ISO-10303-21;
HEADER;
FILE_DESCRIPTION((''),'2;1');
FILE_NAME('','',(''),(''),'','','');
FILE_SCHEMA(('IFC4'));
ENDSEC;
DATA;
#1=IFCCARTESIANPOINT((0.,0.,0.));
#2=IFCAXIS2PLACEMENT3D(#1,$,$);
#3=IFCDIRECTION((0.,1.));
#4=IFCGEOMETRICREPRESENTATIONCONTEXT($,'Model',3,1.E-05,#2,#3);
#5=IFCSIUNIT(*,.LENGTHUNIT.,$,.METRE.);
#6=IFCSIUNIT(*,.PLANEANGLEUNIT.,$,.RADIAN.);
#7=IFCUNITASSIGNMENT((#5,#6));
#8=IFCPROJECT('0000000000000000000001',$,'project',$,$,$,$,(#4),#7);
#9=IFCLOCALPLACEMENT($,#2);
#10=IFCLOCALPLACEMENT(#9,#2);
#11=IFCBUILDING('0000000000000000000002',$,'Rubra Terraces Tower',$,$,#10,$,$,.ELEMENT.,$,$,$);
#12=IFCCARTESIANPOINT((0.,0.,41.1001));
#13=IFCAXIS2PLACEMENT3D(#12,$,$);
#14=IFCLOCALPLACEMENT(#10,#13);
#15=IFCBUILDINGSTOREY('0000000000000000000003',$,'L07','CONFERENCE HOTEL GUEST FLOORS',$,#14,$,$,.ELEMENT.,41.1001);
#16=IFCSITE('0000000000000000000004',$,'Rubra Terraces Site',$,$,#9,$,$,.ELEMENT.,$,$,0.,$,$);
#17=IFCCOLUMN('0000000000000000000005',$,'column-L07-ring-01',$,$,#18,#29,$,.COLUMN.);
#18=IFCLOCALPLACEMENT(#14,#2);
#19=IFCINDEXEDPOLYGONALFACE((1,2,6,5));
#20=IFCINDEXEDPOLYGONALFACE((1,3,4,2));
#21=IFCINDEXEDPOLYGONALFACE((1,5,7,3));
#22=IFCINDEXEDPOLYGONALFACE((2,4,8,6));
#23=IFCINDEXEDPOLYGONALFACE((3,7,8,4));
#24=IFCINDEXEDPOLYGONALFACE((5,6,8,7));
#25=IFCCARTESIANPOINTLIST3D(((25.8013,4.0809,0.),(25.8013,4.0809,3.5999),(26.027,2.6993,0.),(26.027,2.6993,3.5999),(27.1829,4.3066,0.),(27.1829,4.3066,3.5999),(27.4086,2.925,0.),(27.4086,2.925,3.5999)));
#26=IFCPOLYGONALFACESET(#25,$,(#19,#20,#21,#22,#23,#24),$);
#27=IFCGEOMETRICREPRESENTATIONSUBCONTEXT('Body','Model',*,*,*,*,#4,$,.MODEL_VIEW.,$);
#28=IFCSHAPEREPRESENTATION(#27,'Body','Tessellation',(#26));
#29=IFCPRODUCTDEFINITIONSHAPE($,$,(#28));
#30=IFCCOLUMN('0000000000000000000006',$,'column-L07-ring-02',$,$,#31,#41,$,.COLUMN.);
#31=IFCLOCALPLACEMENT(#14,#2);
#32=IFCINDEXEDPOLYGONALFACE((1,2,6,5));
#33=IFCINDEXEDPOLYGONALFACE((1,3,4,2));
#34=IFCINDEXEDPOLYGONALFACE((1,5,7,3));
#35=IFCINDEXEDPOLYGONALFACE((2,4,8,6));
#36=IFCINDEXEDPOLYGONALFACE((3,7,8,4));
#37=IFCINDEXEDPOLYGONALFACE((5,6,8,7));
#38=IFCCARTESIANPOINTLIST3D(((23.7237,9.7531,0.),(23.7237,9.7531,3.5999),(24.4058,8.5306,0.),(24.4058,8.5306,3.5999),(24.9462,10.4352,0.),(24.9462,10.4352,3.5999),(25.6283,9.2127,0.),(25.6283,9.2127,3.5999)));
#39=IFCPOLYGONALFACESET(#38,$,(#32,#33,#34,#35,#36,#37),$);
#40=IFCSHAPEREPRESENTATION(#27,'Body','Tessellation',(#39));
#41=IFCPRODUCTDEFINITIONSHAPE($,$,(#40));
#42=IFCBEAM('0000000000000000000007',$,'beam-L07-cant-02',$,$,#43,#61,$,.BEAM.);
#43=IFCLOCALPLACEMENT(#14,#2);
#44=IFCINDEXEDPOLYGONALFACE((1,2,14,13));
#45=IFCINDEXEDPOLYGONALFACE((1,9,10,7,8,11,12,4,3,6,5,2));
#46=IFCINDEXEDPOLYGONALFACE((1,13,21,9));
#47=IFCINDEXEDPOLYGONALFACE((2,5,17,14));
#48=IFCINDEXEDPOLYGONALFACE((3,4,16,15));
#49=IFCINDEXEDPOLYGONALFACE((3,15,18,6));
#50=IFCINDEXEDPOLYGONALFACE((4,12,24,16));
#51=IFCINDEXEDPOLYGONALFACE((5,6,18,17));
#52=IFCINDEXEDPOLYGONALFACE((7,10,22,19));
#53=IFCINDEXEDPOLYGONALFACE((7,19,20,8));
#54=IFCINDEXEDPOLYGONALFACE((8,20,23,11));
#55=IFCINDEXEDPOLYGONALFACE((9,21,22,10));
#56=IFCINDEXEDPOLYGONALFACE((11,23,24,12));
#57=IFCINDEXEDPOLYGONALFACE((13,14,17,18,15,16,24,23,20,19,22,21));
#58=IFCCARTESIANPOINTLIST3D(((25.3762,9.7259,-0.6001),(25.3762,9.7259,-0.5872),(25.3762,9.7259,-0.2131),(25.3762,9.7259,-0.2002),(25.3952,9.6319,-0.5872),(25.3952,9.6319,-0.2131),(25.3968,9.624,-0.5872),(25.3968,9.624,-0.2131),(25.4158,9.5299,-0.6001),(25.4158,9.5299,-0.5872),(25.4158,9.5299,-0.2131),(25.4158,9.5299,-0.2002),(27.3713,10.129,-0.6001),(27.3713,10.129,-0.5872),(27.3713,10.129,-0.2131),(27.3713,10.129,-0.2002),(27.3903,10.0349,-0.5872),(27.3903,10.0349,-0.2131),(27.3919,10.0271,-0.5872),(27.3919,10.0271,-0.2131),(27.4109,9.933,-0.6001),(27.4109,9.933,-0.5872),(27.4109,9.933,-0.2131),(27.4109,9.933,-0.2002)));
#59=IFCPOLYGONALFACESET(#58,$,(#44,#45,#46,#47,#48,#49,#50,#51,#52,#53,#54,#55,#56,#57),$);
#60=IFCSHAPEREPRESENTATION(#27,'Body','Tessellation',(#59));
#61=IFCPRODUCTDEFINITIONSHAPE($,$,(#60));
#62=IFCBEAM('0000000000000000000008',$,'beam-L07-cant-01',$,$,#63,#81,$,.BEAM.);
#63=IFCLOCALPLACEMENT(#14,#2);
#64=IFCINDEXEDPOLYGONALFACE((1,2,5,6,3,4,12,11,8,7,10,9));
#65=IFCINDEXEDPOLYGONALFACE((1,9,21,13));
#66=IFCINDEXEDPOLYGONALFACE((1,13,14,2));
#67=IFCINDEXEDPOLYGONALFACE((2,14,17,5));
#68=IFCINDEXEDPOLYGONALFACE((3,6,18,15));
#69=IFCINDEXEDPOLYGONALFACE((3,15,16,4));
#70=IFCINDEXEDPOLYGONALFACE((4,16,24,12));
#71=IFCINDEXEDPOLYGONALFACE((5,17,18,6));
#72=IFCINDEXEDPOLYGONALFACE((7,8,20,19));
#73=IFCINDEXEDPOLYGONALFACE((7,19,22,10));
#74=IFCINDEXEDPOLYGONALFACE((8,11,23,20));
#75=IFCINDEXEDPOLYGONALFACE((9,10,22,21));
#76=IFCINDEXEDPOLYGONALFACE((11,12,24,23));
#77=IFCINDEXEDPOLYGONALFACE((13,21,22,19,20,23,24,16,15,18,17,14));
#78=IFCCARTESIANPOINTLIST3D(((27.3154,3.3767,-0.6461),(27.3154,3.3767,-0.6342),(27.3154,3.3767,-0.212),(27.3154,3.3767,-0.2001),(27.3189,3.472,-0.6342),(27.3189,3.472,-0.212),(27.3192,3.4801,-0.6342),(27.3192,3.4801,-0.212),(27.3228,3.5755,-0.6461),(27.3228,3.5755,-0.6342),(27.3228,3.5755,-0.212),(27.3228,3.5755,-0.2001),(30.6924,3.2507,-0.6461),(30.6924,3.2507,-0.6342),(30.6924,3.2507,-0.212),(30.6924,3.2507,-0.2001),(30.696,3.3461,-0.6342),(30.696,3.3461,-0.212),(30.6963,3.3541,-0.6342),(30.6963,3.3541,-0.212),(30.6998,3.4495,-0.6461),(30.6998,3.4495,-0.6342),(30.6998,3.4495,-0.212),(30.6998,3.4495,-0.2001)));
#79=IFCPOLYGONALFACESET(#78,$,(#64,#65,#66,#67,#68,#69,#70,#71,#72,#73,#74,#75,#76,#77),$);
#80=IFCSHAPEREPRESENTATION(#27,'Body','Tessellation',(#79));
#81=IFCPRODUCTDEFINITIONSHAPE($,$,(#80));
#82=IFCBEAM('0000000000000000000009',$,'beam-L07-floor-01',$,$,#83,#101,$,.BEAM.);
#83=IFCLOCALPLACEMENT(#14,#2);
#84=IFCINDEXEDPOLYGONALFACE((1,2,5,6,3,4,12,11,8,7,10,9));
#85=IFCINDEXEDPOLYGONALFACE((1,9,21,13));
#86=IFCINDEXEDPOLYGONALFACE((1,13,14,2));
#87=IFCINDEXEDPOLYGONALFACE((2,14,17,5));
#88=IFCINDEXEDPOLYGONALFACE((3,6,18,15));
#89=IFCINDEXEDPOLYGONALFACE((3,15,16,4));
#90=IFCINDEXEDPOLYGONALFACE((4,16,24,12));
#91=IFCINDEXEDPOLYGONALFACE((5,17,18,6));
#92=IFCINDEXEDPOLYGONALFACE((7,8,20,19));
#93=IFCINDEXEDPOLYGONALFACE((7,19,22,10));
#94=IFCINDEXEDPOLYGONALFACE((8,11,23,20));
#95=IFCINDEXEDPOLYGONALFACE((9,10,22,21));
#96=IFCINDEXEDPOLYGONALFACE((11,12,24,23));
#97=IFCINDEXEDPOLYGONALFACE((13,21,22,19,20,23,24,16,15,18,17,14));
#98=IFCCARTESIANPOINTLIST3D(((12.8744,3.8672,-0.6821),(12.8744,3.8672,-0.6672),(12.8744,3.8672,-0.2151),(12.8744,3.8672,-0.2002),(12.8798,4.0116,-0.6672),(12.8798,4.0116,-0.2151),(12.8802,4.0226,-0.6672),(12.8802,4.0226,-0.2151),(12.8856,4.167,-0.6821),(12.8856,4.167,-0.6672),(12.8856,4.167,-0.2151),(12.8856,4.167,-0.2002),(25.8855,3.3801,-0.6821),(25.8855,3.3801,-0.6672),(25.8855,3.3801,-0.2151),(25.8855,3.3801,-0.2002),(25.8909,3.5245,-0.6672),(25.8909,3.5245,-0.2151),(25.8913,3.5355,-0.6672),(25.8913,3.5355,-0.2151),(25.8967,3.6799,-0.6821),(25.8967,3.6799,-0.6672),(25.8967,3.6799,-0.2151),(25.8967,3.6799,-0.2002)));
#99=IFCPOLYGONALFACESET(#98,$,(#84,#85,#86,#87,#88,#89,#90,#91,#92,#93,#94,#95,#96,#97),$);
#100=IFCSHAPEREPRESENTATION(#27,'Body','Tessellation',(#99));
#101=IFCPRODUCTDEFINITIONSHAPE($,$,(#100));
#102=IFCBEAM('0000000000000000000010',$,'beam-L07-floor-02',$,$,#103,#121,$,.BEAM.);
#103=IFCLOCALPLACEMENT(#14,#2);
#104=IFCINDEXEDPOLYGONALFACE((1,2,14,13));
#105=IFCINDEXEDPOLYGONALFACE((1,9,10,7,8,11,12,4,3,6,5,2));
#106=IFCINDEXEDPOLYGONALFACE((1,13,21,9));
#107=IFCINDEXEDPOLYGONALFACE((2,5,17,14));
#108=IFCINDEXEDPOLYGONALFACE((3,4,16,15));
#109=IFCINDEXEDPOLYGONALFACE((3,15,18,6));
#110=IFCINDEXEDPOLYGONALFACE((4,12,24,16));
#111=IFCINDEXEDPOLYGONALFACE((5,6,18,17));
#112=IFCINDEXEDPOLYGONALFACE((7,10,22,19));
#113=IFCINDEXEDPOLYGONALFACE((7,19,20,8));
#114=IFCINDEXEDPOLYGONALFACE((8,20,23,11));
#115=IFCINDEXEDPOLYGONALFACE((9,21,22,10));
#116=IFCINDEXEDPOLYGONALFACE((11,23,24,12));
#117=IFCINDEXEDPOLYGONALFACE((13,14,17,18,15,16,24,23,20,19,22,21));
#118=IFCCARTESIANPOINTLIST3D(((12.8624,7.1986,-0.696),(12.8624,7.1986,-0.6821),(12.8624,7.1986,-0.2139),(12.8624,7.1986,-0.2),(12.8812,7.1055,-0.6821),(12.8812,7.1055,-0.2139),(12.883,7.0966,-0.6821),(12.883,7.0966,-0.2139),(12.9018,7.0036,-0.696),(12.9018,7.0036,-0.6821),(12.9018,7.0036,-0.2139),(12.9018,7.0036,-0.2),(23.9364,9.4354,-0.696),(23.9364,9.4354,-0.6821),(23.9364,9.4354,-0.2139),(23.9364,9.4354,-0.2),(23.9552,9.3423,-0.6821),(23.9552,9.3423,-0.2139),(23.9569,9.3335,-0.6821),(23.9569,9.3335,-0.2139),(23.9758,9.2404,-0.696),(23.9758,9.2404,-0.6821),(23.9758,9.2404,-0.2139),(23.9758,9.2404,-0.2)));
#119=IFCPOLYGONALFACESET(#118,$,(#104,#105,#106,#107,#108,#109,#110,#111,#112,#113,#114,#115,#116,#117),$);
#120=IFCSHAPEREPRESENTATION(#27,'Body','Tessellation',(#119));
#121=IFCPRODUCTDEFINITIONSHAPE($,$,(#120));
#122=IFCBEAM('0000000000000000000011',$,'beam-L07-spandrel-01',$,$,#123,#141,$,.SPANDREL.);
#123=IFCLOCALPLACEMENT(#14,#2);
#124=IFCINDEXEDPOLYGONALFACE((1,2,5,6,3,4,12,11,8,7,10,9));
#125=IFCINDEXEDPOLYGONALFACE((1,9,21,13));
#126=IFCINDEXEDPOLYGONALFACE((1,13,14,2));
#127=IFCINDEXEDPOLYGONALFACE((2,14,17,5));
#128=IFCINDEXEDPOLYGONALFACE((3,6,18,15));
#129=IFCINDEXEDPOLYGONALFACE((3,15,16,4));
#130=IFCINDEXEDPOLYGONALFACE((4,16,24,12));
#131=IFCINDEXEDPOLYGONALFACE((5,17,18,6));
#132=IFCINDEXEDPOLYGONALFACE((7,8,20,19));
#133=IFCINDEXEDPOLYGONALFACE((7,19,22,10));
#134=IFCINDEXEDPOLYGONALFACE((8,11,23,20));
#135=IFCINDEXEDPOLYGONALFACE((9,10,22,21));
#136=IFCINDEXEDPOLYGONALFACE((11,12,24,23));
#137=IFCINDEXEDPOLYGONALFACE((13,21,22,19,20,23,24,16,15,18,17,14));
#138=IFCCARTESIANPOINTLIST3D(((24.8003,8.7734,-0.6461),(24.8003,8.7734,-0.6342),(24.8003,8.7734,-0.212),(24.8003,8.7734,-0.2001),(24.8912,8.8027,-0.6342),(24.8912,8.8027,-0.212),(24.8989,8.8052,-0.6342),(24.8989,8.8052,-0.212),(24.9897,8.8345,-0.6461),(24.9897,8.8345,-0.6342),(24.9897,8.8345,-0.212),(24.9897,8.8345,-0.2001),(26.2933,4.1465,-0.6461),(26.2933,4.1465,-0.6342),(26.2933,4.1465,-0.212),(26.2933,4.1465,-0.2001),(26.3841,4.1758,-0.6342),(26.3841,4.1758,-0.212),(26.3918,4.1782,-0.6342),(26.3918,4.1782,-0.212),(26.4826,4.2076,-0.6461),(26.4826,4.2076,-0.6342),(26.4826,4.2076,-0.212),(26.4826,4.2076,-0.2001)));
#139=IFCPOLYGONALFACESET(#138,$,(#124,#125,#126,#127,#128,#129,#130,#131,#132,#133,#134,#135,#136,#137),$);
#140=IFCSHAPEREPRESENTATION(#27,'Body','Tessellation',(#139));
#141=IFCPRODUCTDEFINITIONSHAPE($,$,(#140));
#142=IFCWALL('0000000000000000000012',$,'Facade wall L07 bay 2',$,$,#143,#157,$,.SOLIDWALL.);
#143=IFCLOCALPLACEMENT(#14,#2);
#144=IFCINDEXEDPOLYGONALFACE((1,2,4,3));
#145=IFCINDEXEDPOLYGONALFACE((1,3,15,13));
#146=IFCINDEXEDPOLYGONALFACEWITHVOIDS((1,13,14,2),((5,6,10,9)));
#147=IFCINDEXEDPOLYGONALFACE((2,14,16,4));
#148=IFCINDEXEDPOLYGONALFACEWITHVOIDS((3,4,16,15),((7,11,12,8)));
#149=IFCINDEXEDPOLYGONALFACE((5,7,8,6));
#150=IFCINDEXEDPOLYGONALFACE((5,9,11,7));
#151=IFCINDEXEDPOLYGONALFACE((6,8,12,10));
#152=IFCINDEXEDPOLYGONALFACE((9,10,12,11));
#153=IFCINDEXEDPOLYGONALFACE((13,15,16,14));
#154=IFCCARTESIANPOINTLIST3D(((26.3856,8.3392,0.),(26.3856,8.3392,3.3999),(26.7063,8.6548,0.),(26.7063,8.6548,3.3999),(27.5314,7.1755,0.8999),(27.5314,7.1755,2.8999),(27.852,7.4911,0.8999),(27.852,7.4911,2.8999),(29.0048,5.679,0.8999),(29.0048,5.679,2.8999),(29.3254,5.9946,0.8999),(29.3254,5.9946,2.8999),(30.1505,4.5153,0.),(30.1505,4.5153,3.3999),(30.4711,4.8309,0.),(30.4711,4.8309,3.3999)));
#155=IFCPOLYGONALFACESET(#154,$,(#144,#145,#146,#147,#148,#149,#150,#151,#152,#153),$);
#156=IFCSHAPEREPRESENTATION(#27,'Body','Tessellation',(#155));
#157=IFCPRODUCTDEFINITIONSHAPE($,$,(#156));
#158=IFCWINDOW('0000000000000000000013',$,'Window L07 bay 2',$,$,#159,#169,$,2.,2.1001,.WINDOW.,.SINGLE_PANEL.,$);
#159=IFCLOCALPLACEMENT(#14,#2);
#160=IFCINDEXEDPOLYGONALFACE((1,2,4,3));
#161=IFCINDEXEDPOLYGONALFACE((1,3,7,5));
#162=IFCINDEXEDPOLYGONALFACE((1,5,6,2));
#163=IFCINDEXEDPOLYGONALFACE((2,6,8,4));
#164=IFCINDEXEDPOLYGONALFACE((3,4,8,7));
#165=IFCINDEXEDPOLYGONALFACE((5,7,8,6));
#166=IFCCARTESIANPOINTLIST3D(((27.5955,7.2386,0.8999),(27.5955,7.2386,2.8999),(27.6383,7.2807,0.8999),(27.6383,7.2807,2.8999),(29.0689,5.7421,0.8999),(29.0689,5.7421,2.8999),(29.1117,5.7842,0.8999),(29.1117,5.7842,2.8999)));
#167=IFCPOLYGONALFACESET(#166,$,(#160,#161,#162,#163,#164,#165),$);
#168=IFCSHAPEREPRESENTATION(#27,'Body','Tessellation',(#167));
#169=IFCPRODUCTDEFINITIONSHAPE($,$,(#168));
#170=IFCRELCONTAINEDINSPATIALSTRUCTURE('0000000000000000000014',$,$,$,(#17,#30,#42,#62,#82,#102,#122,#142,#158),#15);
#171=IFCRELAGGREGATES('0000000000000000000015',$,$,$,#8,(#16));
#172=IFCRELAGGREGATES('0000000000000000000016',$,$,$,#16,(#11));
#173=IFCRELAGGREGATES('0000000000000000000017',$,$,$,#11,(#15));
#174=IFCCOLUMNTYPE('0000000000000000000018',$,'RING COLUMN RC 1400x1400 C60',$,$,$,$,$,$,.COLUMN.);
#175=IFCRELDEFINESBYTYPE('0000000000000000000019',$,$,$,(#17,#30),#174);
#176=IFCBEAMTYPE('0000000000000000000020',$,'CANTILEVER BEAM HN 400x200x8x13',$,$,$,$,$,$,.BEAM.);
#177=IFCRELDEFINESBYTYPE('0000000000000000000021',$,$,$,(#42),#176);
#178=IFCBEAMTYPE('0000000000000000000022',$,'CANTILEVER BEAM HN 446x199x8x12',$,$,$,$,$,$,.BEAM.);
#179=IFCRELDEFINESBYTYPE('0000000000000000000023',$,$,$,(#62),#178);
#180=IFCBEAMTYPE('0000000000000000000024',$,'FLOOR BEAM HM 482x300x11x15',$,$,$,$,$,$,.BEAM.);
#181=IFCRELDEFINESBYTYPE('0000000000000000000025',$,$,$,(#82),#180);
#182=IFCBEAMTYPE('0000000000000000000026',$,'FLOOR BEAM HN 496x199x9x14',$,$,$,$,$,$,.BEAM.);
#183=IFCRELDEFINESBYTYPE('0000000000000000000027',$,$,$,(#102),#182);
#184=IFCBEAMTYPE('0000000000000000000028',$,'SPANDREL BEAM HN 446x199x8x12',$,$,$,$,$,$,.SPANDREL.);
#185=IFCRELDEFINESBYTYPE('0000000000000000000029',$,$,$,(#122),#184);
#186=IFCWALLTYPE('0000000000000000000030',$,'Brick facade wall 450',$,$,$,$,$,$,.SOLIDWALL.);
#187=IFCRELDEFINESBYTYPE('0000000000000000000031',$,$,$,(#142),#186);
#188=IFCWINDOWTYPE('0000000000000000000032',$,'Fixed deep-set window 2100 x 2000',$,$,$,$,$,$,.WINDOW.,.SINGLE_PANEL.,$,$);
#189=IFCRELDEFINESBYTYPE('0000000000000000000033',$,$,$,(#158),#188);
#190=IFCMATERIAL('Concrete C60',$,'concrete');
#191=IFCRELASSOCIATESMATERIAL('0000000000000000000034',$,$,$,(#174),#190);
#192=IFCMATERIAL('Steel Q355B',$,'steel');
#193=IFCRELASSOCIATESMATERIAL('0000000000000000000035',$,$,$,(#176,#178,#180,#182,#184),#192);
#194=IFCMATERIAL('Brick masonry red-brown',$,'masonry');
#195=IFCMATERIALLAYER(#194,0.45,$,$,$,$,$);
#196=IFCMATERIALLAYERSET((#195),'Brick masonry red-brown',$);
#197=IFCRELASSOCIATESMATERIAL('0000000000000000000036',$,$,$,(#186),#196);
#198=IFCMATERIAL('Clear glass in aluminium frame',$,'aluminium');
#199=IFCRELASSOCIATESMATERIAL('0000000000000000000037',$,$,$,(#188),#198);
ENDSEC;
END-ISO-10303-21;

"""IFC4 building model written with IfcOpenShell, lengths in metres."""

from ifc_helpers import new_model, si_unit, direction, frame, frame_2d, origin, origin_2d, place, context, subcontext, project, spatial, rectangle, i_section, extrude, material, layer, layer_set, material_profile, profile_set, type_object, element, fill, save


model = new_model("IFC4")

# Units and contexts
model_context = context("Model", 3, precision=1e-05, world=origin(), true_north=direction((0.0, 1.0)))
body_context = subcontext(model_context, "Body", "Model", "MODEL_VIEW")
ifc_project = project(units=[si_unit("LENGTHUNIT", "METRE"), si_unit("PLANEANGLEUNIT", "RADIAN")], contexts=[model_context])

# Site, building, storey
site_placement = place(None, origin())
site = spatial("IfcSite", under=ifc_project, at=site_placement, Name="Rubra Terraces Site", CompositionType="ELEMENT", RefElevation=0.0)
building_placement = place(site_placement, origin())
building = spatial("IfcBuilding", under=site, at=building_placement, Name="Rubra Terraces Tower", CompositionType="ELEMENT")
storey_placement = place(building_placement, frame((0.0, 0.0, 41.1001)))
storey = spatial("IfcBuildingStorey", under=building, at=storey_placement, Name="L07", Description="CONFERENCE HOTEL GUEST FLOORS", CompositionType="ELEMENT", Elevation=41.1001)

# Columns
ifc_material_1 = material(Name="Concrete C60", Category="concrete")
ifc_material_profile_1 = material_profile(ifc_material_1, rectangle(XDim=1.3999, YDim=1.3999, at=origin_2d()), Name="RC 1400x1400")
ifc_profile_set_1 = profile_set([ifc_material_profile_1], Name="Concrete C60")
column_type = type_object("IfcColumnType", Name="RING COLUMN RC 1400x1400 C60", PredefinedType="COLUMN", material=ifc_profile_set_1)
for number, where, z_axis, x_axis, name in (
    (1, (26.605, 3.5029, 0.0), (0.0, 0.0, 1.0), (-0.161234, 0.986916, 0.0), "column-L07-ring-01"),
    (2, (24.676, 9.4829, 0.0), (0.0, 0.0, 1.0), (-0.487227, 0.873276, 0.0), "column-L07-ring-02"),
):
    element("IfcColumn", number, at=place(storey_placement, frame(where, z_axis=z_axis, x_axis=x_axis)), inside=storey, type_object=column_type, Name=name, PredefinedType="COLUMN", context=body_context, shape_type="SweptSolid", body=[
        extrude(rectangle(XDim=1.3999, YDim=1.3999, at=origin_2d()), origin(), (0.0, 0.0, 1.0), 3.5999),
    ])

# Beams
ifc_material_2 = material(Name="Steel Q355B", Category="steel")
ifc_material_profile_2 = material_profile(ifc_material_2, i_section(OverallWidth=0.2, OverallDepth=0.3999, WebThickness=0.0081, FlangeThickness=0.0129, at=origin_2d()), Name="HN 400x200x8x13")
ifc_profile_set_2 = profile_set([ifc_material_profile_2], Name="Steel Q355B")
beam_type_1 = type_object("IfcBeamType", Name="CANTILEVER BEAM HN 400x200x8x13", PredefinedType="BEAM", material=ifc_profile_set_2)
beam_1_placement = place(storey_placement, frame((25.396, 9.6279, -0.4001), z_axis=(0.980196, 0.19803, 0.0), x_axis=(-0.19803, 0.980196, 0.0)))
element("IfcBeam", 3, at=beam_1_placement, inside=storey, type_object=beam_type_1, Name="beam-L07-cant-02", PredefinedType="BEAM", context=body_context, shape_type="SweptSolid", body=[
    extrude(i_section(OverallWidth=0.2, OverallDepth=0.3999, WebThickness=0.0081, FlangeThickness=0.0129, at=origin_2d()), origin(), (0.0, 0.0, 1.0), 2.0354),
])
ifc_material_profile_3 = material_profile(ifc_material_2, i_section(OverallWidth=0.199, OverallDepth=0.446, WebThickness=0.0081, FlangeThickness=0.012, at=origin_2d()), Name="HN 446x199x8x12")
ifc_profile_set_3 = profile_set([ifc_material_profile_3], Name="Steel Q355B")
beam_type_2 = type_object("IfcBeamType", Name="CANTILEVER BEAM HN 446x199x8x12", PredefinedType="BEAM", material=ifc_profile_set_3)
beam_2_placement = place(storey_placement, frame((27.3191, 3.4761, -0.4231), z_axis=(0.999305, -0.037279, 0.0), x_axis=(0.037279, 0.999305, 0.0)))
element("IfcBeam", 4, at=beam_2_placement, inside=storey, type_object=beam_type_2, Name="beam-L07-cant-01", PredefinedType="BEAM", context=body_context, shape_type="SweptSolid", body=[
    extrude(i_section(OverallWidth=0.199, OverallDepth=0.446, WebThickness=0.0081, FlangeThickness=0.012, at=origin_2d()), origin(), (0.0, 0.0, 1.0), 3.3794),
])
ifc_material_profile_4 = material_profile(ifc_material_2, i_section(OverallWidth=0.3, OverallDepth=0.4819, WebThickness=0.011, FlangeThickness=0.0149, at=origin_2d()), Name="HM 482x300x11x15")
ifc_profile_set_4 = profile_set([ifc_material_profile_4], Name="Steel Q355B")
beam_type_3 = type_object("IfcBeamType", Name="FLOOR BEAM HM 482x300x11x15", PredefinedType="BEAM", material=ifc_profile_set_4)
beam_3_placement = place(storey_placement, frame((25.8911, 3.53, -0.4412), z_axis=(-0.9993, 0.037408, 0.0), x_axis=(-0.037408, -0.9993, 0.0)))
element("IfcBeam", 5, at=beam_3_placement, inside=storey, type_object=beam_type_3, Name="beam-L07-floor-01", PredefinedType="BEAM", context=body_context, shape_type="SweptSolid", body=[
    extrude(i_section(OverallWidth=0.3, OverallDepth=0.4819, WebThickness=0.011, FlangeThickness=0.0149, at=origin_2d()), origin(), (0.0, 0.0, 1.0), 13.0203),
])
ifc_material_profile_5 = material_profile(ifc_material_2, i_section(OverallWidth=0.199, OverallDepth=0.4961, WebThickness=0.009, FlangeThickness=0.0139, at=origin_2d()), Name="HN 496x199x9x14")
ifc_profile_set_5 = profile_set([ifc_material_profile_5], Name="Steel Q355B")
beam_type_4 = type_object("IfcBeamType", Name="FLOOR BEAM HN 496x199x9x14", PredefinedType="BEAM", material=ifc_profile_set_5)
beam_4_placement = place(storey_placement, frame((23.9561, 9.3379, -0.448), z_axis=(-0.980204, -0.19799, 0.0), x_axis=(0.19799, -0.980204, 0.0)))
element("IfcBeam", 6, at=beam_4_placement, inside=storey, type_object=beam_type_4, Name="beam-L07-floor-02", PredefinedType="BEAM", context=body_context, shape_type="SweptSolid", body=[
    extrude(i_section(OverallWidth=0.199, OverallDepth=0.4961, WebThickness=0.009, FlangeThickness=0.0139, at=origin_2d()), origin(), (0.0, 0.0, 1.0), 11.2976),
])
ifc_material_profile_6 = material_profile(ifc_material_2, i_section(OverallWidth=0.199, OverallDepth=0.446, WebThickness=0.0081, FlangeThickness=0.012, at=origin_2d()), Name="HN 446x199x8x12")
ifc_profile_set_6 = profile_set([ifc_material_profile_6], Name="Steel Q355B")
beam_type_5 = type_object("IfcBeamType", Name="SPANDREL BEAM HN 446x199x8x12", PredefinedType="SPANDREL", material=ifc_profile_set_6)
beam_5_placement = place(storey_placement, frame((26.3879, 4.177, -0.4231), z_axis=(-0.307069, 0.951687, 0.0), x_axis=(-0.951687, -0.307069, 0.0)))
element("IfcBeam", 7, at=beam_5_placement, inside=storey, type_object=beam_type_5, Name="beam-L07-spandrel-01", PredefinedType="SPANDREL", context=body_context, shape_type="SweptSolid", body=[
    extrude(i_section(OverallWidth=0.199, OverallDepth=0.446, WebThickness=0.0081, FlangeThickness=0.012, at=origin_2d()), origin(), (0.0, 0.0, 1.0), 4.8618),
])

# Wall, opening, window
ifc_material_3 = material(Name="Brick masonry red-brown", Category="masonry")
ifc_layer_1 = layer(ifc_material_3, 0.45)
ifc_layer_set_1 = layer_set([ifc_layer_1], Name="Brick masonry red-brown")
wall_type_1 = type_object("IfcWallType", Name="Brick facade wall 450", PredefinedType="SOLIDWALL", material=ifc_layer_set_1)
wall_1_placement = place(storey_placement, frame((30.3108, 4.6731, 0.0), z_axis=(0.0, 0.0, 1.0), x_axis=(-0.70158, 0.71259, 0.0)))
wall_1 = element("IfcWall", 8, at=wall_1_placement, inside=storey, type_object=wall_type_1, Name="Facade wall L07 bay 2", PredefinedType="SOLIDWALL", context=body_context, shape_type="SweptSolid", body=[
    extrude(rectangle(XDim=5.3662, YDim=0.45, at=frame_2d((2.6831, 0.0))), origin(), (0.0, 0.0, 1.0), 3.3999),
])
opening_1_placement = place(wall_1_placement, frame((1.6331, 0.0, 0.8999)))
opening_1 = element("IfcOpeningElement", 9, at=opening_1_placement, cuts=wall_1, PredefinedType="OPENING", context=body_context, shape_type="SweptSolid", body=[
    extrude(rectangle(XDim=2.1001, YDim=2.0, at=frame_2d((1.05, 1.0))), frame((0.0, 0.2349, 0.0), z_axis=(0.0, -1.0, 0.0), x_axis=(1.0, 0.0, 0.0)), (0.0, 0.0, 1.0), 0.47),
])
ifc_material_4 = material(Name="Clear glass in aluminium frame", Category="aluminium")
window_type_1 = type_object("IfcWindowType", Name="Fixed deep-set window 2100 x 2000", PartitioningType="SINGLE_PANEL", PredefinedType="WINDOW", material=ifc_material_4)
window_1_placement = place(opening_1_placement, origin())
window_1 = element("IfcWindow", 10, at=window_1_placement, inside=storey, type_object=window_type_1, Name="Window L07 bay 2", OverallHeight=2.0, OverallWidth=2.1001, PartitioningType="SINGLE_PANEL", PredefinedType="WINDOW", context=body_context, shape_type="SweptSolid", body=[
    extrude(rectangle(XDim=2.1001, YDim=2.0, at=frame_2d((1.05, 1.0))), frame((0.0, 0.135, 0.0), z_axis=(0.0, -1.0, 0.0), x_axis=(1.0, 0.0, 0.0)), (0.0, 0.0, 1.0), 0.0601),
])
fill(opening_1, window_1)

save(model, "model.ifc")
